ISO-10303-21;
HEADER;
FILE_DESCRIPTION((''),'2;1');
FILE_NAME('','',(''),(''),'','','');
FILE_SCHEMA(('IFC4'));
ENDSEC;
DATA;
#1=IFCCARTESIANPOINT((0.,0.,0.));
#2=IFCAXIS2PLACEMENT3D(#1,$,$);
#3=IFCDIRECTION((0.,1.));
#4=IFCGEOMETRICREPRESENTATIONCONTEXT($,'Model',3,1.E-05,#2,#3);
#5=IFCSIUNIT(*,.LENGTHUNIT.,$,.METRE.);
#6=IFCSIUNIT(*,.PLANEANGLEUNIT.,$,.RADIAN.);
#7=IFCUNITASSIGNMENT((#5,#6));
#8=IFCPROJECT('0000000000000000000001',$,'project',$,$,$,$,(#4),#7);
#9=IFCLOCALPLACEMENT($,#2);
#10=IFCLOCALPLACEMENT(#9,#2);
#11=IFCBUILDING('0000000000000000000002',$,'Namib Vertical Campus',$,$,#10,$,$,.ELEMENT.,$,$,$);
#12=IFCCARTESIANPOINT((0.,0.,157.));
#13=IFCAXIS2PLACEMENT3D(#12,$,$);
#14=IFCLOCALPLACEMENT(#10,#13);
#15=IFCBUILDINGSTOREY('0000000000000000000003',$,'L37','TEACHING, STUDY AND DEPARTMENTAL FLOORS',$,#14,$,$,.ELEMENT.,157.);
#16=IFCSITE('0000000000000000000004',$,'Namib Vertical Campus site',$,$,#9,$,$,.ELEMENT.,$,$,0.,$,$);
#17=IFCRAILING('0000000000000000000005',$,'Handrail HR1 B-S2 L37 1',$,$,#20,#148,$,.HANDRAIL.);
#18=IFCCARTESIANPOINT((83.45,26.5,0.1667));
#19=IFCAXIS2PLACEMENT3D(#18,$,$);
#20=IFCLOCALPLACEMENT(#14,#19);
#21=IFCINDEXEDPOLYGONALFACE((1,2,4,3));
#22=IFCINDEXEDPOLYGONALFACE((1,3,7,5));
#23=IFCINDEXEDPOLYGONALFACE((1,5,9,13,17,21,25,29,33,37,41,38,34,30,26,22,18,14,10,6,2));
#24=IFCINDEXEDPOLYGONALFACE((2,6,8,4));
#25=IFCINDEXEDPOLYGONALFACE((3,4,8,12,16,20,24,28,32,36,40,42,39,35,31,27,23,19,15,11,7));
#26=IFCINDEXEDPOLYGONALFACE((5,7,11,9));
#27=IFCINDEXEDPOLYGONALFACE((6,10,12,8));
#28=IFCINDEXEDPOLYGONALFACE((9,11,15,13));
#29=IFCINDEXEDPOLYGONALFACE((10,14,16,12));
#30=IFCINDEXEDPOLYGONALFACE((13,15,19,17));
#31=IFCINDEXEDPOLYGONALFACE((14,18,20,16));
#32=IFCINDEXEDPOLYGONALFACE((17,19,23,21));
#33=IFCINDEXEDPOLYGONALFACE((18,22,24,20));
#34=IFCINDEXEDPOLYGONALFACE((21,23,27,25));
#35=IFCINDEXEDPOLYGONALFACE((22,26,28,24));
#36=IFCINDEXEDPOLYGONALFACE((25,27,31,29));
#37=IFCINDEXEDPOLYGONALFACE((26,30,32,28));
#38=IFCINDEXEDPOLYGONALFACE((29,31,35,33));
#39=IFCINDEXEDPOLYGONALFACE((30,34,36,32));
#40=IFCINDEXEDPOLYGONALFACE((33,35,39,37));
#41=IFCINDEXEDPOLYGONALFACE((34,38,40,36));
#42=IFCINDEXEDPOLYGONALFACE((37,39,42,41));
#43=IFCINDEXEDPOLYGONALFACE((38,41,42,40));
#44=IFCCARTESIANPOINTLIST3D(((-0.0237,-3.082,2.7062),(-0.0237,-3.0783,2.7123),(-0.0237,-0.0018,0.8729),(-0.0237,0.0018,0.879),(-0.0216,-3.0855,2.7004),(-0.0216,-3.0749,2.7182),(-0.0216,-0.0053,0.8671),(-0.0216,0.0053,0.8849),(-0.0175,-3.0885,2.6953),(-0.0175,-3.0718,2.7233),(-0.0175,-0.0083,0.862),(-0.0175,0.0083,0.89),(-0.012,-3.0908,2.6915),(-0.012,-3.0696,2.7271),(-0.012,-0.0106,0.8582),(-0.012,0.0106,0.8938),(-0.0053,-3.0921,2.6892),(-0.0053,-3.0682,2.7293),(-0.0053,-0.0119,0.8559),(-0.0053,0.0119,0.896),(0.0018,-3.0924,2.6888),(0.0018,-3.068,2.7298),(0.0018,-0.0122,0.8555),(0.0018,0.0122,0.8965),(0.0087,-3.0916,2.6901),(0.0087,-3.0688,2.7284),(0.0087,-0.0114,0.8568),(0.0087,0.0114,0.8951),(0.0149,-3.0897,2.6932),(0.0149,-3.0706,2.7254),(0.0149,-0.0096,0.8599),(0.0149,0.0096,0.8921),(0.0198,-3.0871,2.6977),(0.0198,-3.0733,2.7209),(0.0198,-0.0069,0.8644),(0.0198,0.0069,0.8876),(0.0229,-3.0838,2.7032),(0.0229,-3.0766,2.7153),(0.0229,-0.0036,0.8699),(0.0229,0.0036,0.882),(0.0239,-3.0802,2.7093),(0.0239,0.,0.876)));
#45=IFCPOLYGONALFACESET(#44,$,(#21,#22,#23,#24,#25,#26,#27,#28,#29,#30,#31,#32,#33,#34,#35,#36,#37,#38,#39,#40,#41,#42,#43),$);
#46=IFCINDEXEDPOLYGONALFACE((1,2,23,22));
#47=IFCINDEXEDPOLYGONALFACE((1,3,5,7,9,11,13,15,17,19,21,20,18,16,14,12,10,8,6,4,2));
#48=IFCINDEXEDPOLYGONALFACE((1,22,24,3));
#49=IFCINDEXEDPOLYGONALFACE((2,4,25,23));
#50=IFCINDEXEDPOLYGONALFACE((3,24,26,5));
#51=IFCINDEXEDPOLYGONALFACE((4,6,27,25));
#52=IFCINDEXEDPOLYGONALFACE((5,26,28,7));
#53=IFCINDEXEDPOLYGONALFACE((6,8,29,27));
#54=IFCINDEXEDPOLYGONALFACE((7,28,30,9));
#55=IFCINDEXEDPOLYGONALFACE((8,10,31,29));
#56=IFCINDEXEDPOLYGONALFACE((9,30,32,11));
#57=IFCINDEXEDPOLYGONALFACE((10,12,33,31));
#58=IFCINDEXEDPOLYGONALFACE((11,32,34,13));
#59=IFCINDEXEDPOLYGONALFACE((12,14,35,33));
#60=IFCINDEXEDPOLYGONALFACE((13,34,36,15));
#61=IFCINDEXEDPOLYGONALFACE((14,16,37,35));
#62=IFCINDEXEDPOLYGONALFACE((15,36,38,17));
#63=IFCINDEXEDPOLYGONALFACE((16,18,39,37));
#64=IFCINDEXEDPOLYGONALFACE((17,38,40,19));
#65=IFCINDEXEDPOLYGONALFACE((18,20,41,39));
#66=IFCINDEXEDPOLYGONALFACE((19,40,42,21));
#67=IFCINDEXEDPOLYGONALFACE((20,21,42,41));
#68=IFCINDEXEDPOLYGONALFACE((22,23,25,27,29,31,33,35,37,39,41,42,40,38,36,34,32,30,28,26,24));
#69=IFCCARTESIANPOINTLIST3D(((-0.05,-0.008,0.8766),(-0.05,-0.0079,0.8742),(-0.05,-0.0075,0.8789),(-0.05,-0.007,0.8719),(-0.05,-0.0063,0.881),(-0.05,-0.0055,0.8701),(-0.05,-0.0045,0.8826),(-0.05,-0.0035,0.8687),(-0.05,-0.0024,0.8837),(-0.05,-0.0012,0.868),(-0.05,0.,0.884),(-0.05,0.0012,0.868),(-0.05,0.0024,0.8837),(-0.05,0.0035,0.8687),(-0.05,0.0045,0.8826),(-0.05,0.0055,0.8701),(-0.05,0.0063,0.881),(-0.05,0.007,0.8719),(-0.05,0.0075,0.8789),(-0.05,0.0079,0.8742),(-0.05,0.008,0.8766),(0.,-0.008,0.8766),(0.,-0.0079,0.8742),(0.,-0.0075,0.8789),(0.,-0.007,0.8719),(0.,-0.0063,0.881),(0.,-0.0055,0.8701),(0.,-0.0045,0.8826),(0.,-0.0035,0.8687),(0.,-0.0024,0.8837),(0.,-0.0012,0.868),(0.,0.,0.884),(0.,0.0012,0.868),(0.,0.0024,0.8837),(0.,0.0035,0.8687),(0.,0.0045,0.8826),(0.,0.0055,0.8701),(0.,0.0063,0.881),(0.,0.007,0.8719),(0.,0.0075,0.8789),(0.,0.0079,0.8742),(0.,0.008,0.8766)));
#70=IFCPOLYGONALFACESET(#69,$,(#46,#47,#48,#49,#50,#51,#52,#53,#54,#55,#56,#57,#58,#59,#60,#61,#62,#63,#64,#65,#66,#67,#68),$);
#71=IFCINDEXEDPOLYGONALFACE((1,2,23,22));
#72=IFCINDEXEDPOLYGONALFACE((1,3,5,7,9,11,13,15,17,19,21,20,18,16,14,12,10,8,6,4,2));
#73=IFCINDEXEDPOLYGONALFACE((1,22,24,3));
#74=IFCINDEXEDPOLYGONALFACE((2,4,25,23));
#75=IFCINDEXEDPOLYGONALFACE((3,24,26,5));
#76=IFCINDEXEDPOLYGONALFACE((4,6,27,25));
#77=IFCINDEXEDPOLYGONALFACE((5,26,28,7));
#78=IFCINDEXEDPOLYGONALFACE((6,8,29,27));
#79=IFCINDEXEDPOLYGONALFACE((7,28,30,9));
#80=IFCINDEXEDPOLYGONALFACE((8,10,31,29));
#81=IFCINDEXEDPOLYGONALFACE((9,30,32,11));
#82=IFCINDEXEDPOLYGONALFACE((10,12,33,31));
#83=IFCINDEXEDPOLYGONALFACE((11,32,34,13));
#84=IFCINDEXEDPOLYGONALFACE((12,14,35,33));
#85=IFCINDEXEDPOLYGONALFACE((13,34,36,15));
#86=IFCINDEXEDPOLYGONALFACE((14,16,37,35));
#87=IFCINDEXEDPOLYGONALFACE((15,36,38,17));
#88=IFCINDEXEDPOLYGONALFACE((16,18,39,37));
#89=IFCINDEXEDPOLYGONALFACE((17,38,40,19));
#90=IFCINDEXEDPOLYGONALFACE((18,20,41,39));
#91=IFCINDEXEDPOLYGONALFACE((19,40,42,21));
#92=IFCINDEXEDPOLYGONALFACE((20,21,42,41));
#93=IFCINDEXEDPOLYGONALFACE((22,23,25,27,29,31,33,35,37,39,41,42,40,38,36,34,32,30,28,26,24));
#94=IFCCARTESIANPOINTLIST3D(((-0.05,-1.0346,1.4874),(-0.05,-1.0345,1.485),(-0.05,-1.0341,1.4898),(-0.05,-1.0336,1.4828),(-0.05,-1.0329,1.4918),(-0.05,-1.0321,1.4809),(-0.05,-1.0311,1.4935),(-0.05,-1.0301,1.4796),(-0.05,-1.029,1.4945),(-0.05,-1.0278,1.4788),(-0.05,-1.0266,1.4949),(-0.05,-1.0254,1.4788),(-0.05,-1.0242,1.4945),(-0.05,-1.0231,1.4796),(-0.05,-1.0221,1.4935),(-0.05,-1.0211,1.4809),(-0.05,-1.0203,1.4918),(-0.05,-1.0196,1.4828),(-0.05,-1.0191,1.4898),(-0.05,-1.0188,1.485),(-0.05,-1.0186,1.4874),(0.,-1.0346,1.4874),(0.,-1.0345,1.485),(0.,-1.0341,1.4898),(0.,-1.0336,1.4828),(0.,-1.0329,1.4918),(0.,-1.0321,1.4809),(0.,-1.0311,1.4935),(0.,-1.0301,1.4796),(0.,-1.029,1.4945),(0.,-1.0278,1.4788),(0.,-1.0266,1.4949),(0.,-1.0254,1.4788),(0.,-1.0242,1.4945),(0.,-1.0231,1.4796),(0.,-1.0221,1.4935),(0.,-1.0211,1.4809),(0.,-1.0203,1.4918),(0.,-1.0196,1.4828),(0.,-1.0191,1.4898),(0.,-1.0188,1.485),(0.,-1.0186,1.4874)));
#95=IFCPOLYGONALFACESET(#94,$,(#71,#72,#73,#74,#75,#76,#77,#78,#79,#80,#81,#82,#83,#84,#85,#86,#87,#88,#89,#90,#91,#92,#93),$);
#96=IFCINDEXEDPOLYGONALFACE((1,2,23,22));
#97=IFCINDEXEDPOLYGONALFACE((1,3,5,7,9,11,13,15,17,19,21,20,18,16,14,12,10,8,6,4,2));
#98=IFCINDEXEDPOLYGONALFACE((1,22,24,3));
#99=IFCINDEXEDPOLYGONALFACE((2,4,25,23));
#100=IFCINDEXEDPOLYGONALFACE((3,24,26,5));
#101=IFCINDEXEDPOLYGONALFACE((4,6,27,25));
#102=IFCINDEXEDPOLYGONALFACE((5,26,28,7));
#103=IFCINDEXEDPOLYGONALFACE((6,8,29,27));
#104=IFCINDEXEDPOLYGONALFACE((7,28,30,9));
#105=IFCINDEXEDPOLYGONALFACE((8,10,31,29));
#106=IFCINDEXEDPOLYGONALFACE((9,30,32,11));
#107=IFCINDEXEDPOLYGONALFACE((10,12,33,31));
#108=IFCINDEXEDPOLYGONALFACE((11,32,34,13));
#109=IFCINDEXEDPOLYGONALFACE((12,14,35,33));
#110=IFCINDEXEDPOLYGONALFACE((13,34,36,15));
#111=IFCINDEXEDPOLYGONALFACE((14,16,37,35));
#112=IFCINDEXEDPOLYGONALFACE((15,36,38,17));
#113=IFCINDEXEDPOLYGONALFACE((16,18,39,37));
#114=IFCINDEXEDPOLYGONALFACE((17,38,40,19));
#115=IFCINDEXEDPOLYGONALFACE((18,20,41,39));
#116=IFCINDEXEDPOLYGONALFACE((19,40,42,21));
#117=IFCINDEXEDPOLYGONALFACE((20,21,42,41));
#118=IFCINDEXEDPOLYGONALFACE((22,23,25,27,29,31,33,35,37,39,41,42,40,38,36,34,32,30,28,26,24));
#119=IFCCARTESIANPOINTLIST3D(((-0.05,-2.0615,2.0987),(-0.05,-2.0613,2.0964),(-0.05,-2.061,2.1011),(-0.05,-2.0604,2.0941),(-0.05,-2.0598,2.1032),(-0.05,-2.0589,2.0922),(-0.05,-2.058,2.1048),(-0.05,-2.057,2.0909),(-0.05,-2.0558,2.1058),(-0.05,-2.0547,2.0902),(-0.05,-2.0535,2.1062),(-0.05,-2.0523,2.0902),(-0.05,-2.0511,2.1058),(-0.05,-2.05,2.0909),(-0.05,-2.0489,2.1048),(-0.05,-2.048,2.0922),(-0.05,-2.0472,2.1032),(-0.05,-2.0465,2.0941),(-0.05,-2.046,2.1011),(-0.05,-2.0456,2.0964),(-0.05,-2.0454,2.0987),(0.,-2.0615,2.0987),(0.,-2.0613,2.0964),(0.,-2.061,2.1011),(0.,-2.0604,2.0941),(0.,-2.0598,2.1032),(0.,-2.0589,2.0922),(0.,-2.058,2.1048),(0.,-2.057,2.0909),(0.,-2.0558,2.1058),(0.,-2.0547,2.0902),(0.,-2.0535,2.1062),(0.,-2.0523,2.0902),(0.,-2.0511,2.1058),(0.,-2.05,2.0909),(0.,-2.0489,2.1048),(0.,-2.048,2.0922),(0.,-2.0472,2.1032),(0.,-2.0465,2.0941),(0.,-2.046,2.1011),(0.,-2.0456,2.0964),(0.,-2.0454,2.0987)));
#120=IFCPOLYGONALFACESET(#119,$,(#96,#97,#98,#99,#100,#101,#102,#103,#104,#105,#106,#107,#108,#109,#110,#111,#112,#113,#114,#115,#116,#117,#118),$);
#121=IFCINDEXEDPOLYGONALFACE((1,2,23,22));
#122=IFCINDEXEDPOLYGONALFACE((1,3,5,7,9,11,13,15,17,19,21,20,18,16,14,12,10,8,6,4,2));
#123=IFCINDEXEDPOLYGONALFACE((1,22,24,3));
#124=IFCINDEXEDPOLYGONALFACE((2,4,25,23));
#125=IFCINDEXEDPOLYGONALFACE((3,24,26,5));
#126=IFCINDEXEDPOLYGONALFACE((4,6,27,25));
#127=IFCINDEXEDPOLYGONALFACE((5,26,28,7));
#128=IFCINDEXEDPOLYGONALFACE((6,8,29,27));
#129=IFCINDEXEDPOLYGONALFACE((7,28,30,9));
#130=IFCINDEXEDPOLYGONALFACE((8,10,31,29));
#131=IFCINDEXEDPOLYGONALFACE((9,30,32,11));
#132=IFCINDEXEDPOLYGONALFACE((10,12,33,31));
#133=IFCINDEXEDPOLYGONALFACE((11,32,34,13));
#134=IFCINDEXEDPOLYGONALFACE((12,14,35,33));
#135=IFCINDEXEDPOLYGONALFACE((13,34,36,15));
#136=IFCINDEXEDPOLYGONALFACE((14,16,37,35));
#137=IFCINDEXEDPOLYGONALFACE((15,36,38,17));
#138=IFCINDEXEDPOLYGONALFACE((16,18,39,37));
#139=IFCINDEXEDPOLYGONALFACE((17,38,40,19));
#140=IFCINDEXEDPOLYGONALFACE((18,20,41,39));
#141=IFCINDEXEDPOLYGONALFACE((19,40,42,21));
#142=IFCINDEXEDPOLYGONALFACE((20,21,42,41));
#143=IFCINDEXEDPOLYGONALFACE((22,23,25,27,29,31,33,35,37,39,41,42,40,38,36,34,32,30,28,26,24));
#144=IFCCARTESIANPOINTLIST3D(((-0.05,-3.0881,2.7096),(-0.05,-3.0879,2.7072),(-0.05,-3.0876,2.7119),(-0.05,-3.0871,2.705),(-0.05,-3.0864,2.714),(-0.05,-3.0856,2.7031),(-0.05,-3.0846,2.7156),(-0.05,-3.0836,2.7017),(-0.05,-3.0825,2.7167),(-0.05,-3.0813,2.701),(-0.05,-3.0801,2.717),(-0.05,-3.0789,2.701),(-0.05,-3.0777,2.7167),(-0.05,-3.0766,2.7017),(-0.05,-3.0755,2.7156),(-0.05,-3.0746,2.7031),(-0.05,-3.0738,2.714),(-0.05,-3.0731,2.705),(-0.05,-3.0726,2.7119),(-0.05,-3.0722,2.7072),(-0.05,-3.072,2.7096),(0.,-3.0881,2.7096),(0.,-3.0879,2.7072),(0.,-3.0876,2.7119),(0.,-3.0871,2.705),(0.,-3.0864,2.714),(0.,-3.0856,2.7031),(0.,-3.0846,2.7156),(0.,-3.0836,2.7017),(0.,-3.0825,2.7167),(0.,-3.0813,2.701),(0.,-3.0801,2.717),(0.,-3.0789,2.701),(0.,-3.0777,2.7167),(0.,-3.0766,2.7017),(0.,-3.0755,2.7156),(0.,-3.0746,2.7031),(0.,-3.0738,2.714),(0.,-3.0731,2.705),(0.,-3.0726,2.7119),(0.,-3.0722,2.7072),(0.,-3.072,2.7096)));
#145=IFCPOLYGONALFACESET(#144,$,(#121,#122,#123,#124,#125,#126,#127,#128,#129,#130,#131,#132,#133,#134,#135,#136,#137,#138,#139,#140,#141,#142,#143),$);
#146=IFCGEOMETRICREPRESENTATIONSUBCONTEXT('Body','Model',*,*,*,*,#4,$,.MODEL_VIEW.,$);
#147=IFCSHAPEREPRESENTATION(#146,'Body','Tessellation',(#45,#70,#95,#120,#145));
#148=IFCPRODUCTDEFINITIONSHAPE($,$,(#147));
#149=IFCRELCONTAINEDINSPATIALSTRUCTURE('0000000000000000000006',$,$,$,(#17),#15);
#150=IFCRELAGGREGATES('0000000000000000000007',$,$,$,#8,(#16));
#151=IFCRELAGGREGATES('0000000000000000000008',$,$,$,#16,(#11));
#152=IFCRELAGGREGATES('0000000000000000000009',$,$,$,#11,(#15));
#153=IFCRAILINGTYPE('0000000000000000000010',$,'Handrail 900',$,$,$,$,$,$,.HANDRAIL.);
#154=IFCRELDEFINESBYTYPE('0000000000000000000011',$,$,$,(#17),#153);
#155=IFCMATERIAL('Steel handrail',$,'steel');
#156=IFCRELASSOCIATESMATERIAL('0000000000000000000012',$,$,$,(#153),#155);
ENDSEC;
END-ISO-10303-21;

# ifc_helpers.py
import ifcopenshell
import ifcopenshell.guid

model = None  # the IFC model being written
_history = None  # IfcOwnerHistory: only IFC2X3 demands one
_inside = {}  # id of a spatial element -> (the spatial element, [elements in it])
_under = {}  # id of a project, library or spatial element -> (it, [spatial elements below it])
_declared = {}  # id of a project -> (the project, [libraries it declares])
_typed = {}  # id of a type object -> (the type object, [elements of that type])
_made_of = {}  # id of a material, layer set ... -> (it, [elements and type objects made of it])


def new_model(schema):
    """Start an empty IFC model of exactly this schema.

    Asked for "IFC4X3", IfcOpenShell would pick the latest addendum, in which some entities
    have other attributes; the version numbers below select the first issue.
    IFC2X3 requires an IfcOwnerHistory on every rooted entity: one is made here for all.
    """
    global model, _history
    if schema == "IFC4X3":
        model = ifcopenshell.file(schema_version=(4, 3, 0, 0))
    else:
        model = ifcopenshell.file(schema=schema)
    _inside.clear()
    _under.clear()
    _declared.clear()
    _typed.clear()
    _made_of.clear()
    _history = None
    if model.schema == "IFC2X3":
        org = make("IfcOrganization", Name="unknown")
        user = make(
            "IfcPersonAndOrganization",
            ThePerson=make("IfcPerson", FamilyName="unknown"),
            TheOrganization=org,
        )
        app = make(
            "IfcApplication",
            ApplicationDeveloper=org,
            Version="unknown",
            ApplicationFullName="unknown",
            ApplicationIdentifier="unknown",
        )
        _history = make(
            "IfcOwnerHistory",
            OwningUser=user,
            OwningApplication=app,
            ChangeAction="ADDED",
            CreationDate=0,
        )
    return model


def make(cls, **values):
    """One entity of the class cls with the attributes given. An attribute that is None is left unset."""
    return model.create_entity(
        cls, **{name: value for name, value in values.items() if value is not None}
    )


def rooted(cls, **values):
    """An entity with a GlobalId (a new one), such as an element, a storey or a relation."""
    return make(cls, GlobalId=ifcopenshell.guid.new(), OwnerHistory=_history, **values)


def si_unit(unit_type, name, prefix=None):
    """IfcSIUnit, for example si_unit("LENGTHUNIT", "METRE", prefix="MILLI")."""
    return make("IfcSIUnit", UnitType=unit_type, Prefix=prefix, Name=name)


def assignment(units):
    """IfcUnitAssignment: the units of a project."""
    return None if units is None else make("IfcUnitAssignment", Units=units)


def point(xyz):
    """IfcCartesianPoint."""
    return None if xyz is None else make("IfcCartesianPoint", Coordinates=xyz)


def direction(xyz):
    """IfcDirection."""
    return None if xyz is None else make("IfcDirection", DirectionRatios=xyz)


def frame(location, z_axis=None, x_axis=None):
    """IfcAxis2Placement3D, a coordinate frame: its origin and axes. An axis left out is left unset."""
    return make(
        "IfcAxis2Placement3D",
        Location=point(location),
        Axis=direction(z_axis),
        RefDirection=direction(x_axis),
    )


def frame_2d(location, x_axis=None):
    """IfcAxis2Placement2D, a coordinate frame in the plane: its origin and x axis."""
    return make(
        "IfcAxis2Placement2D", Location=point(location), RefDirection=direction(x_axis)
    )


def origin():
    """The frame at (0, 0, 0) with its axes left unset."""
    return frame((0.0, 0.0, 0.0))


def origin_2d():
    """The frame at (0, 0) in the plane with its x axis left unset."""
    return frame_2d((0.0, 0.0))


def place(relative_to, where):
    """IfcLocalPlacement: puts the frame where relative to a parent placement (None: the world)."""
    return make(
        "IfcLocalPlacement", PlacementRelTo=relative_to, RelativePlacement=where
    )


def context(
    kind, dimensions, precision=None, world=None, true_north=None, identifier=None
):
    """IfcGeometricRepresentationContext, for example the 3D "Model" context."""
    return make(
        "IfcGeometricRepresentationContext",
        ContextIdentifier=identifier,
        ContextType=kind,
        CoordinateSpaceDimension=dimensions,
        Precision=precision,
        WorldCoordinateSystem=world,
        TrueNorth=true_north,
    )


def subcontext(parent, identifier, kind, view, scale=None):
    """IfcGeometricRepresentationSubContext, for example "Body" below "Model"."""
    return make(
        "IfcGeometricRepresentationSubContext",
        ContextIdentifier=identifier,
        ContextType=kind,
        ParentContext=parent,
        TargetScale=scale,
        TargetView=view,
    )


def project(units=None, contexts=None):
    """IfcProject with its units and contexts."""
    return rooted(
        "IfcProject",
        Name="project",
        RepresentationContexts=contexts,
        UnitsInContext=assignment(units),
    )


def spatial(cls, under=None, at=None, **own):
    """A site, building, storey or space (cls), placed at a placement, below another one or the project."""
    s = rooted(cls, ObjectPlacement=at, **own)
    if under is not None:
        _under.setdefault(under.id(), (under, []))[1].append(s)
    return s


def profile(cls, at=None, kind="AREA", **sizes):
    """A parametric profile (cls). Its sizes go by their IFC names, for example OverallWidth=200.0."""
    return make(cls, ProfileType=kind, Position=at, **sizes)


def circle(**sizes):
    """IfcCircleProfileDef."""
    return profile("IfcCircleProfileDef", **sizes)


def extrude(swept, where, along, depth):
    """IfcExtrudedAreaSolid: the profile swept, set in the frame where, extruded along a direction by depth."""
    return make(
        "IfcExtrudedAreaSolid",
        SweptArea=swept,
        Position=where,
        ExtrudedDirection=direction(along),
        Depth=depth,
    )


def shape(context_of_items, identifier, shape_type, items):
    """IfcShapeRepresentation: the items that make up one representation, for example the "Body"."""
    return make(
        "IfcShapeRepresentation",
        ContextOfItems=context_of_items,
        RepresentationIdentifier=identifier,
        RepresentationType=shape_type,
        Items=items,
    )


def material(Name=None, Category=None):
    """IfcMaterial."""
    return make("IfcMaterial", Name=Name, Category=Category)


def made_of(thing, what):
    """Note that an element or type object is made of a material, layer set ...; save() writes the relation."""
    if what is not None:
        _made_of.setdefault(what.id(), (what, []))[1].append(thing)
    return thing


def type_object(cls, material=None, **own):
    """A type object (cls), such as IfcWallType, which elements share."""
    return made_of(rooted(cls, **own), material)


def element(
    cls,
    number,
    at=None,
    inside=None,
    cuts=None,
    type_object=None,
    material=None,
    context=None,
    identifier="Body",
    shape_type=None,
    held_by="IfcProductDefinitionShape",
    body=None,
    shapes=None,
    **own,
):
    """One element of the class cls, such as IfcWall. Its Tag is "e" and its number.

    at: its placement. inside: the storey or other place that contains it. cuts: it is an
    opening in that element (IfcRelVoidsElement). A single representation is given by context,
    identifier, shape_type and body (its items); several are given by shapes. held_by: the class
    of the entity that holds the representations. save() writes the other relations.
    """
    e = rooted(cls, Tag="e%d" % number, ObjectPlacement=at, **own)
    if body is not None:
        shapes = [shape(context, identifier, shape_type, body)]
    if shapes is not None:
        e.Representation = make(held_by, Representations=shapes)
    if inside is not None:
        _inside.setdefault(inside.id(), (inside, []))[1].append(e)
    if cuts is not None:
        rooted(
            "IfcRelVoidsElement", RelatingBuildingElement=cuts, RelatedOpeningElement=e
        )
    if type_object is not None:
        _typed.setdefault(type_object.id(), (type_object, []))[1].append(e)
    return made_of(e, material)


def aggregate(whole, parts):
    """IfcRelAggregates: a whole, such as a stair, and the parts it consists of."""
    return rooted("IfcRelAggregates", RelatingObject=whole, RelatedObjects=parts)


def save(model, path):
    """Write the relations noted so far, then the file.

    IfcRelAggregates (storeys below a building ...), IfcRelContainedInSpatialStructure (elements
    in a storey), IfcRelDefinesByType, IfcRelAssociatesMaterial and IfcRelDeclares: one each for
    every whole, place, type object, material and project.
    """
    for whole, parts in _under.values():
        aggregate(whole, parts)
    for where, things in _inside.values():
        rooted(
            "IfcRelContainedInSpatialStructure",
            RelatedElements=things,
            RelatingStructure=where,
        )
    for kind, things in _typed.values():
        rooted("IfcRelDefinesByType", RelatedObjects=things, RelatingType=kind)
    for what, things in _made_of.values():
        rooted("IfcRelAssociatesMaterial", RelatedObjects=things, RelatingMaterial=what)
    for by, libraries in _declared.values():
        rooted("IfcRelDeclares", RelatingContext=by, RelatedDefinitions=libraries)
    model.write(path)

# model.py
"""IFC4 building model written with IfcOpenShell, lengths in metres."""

from ifc_helpers import new_model, si_unit, direction, frame, origin, origin_2d, place, context, subcontext, project, spatial, circle, extrude, material, type_object, element, save


model = new_model("IFC4")

# Units and contexts
model_context = context("Model", 3, precision=1e-05, world=origin(), true_north=direction((0.0, 1.0)))
body_context = subcontext(model_context, "Body", "Model", "MODEL_VIEW")
ifc_project = project(units=[si_unit("LENGTHUNIT", "METRE"), si_unit("PLANEANGLEUNIT", "RADIAN")], contexts=[model_context])

# Site, building, storey
site_placement = place(None, origin())
site = spatial("IfcSite", under=ifc_project, at=site_placement, Name="Namib Vertical Campus site", CompositionType="ELEMENT", RefElevation=0.0)
building_placement = place(site_placement, origin())
building = spatial("IfcBuilding", under=site, at=building_placement, Name="Namib Vertical Campus", CompositionType="ELEMENT")
storey_placement = place(building_placement, frame((0.0, 0.0, 157.0)))
storey = spatial("IfcBuildingStorey", under=building, at=storey_placement, Name="L37", Description="TEACHING, STUDY AND DEPARTMENTAL FLOORS", CompositionType="ELEMENT", Elevation=157.0)

# Railing
ifc_material_1 = material(Name="Steel handrail", Category="steel")
railing_type_1 = type_object("IfcRailingType", Name="Handrail 900", PredefinedType="HANDRAIL", material=ifc_material_1)
railing_1_placement = place(storey_placement, frame((83.45, 26.5, 0.1667)))
element("IfcRailing", 1, at=railing_1_placement, inside=storey, type_object=railing_type_1, Name="Handrail HR1 B-S2 L37 1", PredefinedType="HANDRAIL", context=body_context, shape_type="SweptSolid", body=[
    extrude(circle(Radius=0.0239, at=origin_2d()), frame((0.0, 0.0, 0.876), z_axis=(0.0, -0.859309, 0.511458), x_axis=(1.0, 0.0, 0.0)), (0.0, 0.0, 1.0), 3.5845),
    extrude(circle(Radius=0.0081, at=origin_2d()), frame((0.0, 0.0, 0.876), z_axis=(-1.0, 0.0, 0.0), x_axis=(0.0, 0.0, 1.0)), (0.0, 0.0, 1.0), 0.05),
    extrude(circle(Radius=0.0081, at=origin_2d()), frame((0.0, -1.0266, 1.4868), z_axis=(-1.0, 0.0, 0.0), x_axis=(0.0, 0.0, 1.0)), (0.0, 0.0, 1.0), 0.05),
    extrude(circle(Radius=0.0081, at=origin_2d()), frame((0.0, -2.0535, 2.0981), z_axis=(-1.0, 0.0, 0.0), x_axis=(0.0, 0.0, 1.0)), (0.0, 0.0, 1.0), 0.05),
    extrude(circle(Radius=0.0081, at=origin_2d()), frame((0.0, -3.0801, 2.709), z_axis=(-1.0, 0.0, 0.0), x_axis=(0.0, 0.0, 1.0)), (0.0, 0.0, 1.0), 0.05),
])

save(model, "model.ifc")
